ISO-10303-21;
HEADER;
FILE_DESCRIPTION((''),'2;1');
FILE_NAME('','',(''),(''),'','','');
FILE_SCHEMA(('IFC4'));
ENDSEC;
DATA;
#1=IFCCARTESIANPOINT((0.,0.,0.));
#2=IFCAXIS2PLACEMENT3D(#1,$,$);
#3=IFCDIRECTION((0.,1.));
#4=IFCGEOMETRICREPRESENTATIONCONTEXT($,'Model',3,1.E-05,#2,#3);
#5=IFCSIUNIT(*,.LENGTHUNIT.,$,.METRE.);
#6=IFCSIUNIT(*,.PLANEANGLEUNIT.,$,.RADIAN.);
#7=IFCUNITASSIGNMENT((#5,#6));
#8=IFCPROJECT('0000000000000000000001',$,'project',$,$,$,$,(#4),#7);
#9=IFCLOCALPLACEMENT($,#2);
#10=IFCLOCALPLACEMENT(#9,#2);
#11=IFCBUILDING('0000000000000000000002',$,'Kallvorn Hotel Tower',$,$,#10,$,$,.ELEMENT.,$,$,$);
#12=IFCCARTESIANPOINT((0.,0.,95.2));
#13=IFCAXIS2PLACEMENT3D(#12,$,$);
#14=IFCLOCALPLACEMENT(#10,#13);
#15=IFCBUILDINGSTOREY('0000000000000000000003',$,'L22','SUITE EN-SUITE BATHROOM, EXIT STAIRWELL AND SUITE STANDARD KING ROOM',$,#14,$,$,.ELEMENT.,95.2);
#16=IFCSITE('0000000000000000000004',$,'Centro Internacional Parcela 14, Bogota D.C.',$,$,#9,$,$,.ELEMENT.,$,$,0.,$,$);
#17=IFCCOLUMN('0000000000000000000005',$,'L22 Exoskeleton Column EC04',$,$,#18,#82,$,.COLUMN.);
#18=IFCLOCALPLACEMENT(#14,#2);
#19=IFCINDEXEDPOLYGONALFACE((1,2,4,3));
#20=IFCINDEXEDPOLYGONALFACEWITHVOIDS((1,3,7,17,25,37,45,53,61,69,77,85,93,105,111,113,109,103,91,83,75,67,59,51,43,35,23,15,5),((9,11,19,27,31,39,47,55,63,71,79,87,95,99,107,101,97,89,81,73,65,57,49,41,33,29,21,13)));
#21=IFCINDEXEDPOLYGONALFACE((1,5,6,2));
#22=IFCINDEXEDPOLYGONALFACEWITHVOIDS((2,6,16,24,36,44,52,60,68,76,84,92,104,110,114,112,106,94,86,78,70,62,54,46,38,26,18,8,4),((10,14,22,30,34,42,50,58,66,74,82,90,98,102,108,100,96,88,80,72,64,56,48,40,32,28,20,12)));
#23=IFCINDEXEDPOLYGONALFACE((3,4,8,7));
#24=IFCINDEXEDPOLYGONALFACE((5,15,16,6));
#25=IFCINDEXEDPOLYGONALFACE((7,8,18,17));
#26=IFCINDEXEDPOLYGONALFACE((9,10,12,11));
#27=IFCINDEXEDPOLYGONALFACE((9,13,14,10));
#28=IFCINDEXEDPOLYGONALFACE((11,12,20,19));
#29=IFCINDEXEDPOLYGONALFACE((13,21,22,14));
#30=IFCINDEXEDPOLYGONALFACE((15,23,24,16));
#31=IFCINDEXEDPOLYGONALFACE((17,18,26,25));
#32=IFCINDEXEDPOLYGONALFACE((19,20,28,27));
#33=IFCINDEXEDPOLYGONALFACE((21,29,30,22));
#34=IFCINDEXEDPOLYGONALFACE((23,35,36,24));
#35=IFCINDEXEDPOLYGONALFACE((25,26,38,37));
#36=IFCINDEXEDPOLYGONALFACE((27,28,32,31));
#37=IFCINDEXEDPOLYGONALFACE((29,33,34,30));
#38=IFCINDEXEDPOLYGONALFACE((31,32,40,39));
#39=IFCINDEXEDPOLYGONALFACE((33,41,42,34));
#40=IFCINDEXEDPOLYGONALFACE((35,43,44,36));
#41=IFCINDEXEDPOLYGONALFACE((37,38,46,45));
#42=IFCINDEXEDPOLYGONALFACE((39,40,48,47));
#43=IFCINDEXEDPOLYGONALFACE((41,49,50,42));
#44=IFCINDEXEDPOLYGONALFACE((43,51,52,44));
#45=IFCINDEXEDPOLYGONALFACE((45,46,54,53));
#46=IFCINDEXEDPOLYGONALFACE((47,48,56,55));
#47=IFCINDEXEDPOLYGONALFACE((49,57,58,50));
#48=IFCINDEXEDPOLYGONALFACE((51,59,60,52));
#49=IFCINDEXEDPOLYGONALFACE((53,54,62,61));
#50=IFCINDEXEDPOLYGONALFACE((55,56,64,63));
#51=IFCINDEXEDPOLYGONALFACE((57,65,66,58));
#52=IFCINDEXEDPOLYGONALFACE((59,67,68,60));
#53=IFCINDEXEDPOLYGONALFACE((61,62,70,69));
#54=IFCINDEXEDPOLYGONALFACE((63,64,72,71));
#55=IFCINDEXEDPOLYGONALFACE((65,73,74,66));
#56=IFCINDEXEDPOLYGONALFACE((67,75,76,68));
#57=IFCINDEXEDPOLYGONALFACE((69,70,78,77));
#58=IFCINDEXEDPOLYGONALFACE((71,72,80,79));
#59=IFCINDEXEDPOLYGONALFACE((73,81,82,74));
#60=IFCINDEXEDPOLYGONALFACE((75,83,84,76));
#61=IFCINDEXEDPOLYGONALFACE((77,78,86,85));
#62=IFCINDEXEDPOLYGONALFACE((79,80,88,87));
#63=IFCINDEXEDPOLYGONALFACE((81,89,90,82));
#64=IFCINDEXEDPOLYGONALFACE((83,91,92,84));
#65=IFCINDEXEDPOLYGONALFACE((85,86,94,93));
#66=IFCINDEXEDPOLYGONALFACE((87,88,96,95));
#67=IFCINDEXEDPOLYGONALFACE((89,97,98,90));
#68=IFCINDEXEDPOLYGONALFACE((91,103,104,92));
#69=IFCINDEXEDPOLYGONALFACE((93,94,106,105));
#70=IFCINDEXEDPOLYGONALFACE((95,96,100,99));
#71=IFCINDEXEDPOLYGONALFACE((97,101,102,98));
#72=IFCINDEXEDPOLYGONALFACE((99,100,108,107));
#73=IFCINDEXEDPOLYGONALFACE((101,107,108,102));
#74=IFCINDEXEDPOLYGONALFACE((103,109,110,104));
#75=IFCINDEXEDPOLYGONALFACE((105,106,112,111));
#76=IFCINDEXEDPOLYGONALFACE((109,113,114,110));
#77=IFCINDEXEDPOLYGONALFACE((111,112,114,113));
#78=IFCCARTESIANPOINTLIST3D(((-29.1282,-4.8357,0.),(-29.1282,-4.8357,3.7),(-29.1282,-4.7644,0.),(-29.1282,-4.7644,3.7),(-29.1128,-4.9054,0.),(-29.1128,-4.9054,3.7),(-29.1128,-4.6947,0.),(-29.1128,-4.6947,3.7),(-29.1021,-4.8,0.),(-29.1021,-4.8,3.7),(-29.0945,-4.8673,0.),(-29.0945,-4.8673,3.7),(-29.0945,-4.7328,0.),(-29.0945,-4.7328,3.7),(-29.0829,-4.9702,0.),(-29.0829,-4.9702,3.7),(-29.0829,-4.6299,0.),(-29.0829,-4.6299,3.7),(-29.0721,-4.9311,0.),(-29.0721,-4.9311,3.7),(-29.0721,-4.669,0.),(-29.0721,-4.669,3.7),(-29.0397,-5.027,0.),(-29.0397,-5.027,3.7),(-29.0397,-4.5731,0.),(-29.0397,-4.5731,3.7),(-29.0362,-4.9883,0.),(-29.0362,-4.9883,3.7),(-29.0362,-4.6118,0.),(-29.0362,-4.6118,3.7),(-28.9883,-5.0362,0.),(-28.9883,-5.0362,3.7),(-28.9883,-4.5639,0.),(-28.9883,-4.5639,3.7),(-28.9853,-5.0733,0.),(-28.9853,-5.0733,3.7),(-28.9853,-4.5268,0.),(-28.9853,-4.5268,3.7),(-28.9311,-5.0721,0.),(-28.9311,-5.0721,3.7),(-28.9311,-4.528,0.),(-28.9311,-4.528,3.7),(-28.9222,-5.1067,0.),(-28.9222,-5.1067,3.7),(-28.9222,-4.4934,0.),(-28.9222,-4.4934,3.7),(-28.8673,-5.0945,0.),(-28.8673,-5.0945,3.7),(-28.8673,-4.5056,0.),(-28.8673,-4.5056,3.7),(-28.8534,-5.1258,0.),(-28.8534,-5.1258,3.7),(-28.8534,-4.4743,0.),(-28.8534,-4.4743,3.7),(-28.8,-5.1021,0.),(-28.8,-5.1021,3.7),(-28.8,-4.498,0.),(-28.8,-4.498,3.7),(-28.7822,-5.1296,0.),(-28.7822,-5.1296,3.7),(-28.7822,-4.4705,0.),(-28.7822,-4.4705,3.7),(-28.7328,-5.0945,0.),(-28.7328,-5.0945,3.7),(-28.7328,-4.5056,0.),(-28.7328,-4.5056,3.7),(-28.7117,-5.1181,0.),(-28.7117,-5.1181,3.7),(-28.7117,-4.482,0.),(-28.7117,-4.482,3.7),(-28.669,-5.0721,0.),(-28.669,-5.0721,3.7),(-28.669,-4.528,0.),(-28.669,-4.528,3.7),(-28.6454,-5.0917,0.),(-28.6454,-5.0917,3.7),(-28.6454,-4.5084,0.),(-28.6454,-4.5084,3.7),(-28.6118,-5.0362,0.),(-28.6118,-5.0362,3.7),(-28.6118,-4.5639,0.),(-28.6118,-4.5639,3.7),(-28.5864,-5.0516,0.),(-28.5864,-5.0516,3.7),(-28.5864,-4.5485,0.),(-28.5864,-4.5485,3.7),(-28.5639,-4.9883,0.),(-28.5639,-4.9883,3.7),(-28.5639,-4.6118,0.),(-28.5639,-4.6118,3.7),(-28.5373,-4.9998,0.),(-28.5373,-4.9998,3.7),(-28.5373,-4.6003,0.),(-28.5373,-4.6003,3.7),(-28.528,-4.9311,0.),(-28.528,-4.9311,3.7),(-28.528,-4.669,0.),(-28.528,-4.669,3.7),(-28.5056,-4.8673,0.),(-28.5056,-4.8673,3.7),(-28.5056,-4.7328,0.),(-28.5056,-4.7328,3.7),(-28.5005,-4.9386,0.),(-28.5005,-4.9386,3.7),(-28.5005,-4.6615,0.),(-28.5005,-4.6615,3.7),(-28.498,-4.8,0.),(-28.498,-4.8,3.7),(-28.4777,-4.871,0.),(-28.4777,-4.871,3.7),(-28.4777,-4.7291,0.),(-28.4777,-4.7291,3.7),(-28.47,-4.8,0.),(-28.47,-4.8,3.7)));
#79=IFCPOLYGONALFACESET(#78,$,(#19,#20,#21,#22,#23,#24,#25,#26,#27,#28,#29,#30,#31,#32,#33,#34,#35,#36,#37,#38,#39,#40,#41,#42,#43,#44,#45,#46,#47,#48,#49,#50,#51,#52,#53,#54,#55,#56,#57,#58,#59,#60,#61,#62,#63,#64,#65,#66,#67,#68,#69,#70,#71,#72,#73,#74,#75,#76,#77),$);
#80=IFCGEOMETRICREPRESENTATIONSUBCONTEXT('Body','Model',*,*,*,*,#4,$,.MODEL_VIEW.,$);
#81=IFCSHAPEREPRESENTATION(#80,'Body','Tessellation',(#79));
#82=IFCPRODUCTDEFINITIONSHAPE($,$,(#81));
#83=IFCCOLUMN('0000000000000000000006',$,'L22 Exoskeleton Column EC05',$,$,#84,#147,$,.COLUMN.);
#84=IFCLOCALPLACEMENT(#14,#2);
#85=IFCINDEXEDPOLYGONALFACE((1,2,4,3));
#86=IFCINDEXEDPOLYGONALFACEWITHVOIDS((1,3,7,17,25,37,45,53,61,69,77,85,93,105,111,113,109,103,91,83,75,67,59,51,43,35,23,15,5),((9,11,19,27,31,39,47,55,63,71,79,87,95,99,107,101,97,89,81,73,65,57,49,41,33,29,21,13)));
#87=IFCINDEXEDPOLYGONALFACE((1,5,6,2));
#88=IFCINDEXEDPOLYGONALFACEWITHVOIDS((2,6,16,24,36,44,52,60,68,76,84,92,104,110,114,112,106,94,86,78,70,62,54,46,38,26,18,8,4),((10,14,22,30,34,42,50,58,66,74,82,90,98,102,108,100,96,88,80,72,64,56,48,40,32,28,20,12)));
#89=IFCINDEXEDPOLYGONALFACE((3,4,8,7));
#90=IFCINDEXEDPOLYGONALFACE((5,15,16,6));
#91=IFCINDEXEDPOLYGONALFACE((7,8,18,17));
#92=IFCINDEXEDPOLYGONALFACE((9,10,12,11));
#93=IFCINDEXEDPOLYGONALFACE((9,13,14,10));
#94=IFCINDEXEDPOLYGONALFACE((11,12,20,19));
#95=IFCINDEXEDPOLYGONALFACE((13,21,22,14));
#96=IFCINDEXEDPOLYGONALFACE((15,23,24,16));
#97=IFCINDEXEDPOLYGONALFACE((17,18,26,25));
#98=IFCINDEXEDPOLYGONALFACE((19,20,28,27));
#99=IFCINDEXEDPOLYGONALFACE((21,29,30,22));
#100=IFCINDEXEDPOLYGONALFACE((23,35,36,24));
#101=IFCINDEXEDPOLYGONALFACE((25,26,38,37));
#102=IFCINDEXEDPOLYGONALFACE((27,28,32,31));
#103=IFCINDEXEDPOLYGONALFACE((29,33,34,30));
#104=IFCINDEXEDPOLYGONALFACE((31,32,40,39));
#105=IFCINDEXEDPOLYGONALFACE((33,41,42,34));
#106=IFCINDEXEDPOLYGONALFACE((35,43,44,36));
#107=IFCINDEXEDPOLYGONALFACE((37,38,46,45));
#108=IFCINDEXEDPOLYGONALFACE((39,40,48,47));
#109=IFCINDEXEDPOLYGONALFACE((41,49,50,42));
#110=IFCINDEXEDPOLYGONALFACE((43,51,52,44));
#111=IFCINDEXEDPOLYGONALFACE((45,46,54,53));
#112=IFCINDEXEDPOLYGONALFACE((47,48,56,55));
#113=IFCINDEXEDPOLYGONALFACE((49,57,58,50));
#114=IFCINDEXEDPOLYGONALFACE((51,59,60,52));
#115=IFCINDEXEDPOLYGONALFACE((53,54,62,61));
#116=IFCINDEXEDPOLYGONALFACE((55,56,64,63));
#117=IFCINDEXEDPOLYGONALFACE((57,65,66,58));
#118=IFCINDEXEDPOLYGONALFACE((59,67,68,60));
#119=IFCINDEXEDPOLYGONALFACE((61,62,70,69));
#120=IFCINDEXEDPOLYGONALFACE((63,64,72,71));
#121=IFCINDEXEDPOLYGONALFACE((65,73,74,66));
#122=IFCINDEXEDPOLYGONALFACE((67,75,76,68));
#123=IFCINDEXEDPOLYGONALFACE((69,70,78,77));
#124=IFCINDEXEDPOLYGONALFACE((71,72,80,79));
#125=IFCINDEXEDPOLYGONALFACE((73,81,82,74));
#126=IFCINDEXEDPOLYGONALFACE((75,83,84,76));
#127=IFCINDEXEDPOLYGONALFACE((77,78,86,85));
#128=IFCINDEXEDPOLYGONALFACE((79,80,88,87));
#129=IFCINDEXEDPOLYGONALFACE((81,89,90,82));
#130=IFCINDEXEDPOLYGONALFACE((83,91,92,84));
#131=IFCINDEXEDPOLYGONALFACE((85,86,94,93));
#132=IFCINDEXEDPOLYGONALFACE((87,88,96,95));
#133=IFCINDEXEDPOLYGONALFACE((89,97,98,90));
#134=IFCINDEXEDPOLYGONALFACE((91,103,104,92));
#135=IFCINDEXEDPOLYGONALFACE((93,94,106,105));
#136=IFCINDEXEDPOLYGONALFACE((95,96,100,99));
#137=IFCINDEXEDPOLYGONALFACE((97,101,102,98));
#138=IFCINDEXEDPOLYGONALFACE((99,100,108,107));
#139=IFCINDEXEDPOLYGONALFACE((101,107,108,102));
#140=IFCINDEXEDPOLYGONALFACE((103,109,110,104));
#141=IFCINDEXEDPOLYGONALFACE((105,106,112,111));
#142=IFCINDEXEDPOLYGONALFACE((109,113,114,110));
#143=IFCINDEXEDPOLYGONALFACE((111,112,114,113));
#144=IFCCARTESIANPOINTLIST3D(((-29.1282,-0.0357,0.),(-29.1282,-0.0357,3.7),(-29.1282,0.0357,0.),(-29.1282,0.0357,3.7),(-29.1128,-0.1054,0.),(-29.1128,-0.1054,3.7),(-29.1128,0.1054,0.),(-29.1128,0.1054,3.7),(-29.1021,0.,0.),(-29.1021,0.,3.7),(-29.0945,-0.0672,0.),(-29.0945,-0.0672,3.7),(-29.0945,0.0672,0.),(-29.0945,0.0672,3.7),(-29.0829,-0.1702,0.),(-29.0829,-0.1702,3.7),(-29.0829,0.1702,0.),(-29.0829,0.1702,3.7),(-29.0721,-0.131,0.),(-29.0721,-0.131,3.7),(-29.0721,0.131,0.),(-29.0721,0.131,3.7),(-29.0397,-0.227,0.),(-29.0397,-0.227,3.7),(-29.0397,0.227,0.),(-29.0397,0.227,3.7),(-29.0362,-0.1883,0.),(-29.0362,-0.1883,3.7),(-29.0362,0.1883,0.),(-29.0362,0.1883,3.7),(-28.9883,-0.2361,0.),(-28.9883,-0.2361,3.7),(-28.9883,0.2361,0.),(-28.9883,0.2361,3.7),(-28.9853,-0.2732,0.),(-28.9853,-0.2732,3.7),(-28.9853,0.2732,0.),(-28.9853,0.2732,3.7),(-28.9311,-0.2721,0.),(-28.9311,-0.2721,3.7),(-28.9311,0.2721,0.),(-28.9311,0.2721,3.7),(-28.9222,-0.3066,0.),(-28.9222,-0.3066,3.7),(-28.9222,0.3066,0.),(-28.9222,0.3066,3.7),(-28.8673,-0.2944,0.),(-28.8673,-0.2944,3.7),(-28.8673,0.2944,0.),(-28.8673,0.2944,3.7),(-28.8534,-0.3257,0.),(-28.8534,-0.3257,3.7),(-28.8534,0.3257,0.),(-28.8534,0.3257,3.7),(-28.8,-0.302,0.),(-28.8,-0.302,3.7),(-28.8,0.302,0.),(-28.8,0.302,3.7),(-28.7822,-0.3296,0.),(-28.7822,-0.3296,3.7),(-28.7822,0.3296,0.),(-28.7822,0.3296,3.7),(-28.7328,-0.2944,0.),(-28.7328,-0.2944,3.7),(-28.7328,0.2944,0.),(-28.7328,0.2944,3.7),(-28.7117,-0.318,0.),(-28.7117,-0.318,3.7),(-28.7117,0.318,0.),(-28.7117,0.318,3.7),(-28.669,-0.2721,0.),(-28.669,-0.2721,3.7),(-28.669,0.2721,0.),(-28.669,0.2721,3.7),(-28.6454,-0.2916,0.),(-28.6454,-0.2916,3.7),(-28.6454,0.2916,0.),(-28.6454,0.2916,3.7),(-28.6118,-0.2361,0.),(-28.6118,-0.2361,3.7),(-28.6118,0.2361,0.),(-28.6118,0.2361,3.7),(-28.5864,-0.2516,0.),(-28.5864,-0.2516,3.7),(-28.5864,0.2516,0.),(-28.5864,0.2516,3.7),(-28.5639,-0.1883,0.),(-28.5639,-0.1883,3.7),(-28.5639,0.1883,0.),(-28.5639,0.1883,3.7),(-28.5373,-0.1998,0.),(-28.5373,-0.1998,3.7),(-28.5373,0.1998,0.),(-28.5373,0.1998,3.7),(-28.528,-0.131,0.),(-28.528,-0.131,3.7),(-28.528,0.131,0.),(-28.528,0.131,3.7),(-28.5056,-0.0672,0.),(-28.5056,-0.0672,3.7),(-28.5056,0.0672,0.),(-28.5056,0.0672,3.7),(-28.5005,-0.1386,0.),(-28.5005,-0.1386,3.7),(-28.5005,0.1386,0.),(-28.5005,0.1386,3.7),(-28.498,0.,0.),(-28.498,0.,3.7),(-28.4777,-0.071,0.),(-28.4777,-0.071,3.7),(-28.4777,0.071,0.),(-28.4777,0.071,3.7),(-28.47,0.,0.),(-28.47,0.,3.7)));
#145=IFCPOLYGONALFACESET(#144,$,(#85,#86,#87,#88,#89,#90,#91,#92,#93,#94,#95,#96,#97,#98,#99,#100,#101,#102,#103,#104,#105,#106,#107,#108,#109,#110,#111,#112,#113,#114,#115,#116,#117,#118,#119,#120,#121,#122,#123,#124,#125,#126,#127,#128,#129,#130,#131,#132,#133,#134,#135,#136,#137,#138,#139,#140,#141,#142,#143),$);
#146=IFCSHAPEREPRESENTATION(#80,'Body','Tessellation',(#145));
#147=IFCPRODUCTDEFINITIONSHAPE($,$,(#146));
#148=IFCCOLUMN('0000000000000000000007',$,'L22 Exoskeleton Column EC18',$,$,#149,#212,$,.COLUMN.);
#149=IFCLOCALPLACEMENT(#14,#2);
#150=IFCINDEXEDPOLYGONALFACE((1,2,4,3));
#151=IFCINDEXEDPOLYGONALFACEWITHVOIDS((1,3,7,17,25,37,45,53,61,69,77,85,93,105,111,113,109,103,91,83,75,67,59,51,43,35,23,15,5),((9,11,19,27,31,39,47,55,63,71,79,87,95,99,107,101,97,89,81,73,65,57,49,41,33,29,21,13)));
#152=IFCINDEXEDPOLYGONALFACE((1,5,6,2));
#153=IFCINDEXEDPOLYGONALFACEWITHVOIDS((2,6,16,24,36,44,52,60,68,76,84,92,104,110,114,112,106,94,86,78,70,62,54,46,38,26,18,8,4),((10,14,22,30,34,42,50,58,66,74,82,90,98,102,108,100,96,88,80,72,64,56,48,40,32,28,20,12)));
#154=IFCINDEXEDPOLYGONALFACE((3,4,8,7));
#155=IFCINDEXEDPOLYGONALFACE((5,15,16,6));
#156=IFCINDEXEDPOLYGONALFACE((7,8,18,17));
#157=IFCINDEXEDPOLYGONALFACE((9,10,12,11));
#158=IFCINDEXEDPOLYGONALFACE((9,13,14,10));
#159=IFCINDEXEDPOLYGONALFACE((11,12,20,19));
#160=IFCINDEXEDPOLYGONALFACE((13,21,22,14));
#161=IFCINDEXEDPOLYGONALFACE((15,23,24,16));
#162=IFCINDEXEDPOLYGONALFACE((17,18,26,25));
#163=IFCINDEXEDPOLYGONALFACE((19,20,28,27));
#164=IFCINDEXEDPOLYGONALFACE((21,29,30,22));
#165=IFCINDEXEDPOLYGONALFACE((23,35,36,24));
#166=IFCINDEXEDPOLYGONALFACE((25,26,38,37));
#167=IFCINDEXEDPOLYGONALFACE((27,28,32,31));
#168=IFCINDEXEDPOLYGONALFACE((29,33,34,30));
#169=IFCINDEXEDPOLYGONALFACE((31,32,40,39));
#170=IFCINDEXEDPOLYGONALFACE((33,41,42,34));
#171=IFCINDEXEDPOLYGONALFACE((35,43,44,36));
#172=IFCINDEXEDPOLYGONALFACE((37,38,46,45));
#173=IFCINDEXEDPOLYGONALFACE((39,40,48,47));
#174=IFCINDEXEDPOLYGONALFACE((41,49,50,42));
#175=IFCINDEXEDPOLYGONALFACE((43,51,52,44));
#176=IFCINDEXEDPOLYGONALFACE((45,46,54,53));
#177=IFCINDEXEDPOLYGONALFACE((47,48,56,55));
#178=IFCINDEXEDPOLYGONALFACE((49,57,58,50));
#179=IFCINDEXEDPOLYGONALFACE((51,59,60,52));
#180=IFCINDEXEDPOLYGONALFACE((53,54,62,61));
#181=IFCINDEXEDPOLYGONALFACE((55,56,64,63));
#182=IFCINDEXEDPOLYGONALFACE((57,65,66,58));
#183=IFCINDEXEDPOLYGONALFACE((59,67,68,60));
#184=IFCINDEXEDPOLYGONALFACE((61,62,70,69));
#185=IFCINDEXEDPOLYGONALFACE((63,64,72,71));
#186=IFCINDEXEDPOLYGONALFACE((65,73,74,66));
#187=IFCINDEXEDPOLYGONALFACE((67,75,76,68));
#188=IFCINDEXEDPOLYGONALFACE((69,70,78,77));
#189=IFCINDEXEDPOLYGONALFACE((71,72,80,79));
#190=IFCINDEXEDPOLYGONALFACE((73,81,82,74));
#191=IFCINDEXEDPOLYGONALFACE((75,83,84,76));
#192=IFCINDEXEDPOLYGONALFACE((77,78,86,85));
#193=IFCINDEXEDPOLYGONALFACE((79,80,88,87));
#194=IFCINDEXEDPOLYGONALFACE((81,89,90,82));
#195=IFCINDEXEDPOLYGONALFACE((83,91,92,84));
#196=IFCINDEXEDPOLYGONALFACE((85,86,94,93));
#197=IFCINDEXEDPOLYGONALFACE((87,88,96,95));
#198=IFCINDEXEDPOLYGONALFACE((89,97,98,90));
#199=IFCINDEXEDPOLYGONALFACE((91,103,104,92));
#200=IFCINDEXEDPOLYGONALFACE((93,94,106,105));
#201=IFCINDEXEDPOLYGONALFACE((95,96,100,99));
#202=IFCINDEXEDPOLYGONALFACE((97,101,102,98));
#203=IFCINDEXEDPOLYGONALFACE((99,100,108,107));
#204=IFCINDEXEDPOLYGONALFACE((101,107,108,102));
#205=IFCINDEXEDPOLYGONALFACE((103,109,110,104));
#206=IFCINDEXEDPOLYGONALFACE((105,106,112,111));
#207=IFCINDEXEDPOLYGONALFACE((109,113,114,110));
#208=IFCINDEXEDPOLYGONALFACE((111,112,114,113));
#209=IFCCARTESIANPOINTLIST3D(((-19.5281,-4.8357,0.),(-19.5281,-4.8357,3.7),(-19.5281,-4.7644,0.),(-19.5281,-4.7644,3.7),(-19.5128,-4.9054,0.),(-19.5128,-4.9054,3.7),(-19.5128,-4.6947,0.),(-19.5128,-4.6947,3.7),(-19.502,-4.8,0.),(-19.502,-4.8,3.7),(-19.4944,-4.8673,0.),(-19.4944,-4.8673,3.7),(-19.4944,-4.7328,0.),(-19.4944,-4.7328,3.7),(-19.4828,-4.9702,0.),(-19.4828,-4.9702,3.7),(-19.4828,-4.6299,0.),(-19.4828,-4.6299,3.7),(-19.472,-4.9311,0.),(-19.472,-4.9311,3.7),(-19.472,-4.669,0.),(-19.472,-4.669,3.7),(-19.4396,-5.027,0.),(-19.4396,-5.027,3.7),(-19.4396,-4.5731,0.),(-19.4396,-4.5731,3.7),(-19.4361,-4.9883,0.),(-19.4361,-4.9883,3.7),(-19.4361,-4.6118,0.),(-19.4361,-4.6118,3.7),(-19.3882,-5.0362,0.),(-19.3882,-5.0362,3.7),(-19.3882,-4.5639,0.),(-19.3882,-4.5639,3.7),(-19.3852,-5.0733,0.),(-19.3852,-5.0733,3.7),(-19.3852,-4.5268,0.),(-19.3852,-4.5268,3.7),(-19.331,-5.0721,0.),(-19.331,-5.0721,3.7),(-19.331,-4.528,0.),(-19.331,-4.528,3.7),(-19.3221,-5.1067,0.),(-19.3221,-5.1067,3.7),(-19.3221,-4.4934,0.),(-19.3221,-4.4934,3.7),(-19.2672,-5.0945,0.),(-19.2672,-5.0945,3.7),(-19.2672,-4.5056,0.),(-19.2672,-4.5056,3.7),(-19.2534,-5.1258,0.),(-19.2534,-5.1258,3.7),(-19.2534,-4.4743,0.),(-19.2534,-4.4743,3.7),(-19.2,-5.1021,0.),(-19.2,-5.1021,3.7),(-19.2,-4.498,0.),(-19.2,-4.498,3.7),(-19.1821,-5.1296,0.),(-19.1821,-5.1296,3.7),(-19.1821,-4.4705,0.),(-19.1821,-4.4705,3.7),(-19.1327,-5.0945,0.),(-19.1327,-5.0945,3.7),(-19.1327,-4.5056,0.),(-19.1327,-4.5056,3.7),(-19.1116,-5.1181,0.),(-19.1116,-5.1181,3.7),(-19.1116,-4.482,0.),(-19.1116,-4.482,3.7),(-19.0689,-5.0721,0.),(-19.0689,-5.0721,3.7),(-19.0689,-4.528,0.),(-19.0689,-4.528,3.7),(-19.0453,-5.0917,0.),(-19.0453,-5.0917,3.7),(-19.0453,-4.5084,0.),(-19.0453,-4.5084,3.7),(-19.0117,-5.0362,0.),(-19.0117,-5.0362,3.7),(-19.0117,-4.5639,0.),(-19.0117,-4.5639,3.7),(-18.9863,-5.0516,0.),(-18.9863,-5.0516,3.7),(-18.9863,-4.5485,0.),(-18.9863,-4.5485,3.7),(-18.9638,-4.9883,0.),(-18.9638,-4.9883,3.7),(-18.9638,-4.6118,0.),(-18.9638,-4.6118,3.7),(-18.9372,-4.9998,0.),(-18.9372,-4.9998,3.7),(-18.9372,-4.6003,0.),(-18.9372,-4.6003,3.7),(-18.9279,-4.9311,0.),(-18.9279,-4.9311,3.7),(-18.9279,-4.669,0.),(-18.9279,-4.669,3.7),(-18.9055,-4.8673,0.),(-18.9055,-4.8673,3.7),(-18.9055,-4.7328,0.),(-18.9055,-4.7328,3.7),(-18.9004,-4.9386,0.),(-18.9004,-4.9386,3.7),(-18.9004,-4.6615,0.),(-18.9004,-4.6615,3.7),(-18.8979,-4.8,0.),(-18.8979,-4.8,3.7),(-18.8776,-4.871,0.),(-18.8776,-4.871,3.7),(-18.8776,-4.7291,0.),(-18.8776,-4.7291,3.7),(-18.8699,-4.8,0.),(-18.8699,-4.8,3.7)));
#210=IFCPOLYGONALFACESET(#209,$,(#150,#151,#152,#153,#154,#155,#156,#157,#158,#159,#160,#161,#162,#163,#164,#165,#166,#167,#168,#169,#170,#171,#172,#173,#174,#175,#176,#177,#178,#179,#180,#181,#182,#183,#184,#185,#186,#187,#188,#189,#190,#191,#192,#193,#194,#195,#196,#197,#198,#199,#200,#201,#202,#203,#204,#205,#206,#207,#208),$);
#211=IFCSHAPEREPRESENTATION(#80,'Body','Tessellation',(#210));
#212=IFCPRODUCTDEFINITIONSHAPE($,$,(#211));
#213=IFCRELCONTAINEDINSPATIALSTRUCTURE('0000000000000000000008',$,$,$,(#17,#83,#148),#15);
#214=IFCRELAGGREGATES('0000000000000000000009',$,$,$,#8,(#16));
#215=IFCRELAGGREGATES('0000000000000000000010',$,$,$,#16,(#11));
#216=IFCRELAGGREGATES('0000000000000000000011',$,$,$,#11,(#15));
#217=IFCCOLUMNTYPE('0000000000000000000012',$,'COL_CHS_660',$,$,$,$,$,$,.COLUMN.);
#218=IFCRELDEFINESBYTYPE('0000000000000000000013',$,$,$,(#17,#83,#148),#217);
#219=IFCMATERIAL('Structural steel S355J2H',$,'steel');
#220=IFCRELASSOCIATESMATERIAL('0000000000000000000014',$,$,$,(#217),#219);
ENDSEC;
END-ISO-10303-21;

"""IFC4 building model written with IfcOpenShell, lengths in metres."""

from ifc_helpers import new_model, si_unit, direction, frame, origin, origin_2d, place, context, subcontext, project, spatial, hollow_circle, extrude, material, material_profile, profile_set, type_object, element, save


model = new_model("IFC4")

# Units and contexts
model_context = context("Model", 3, precision=1e-05, world=origin(), true_north=direction((0.0, 1.0)))
body_context = subcontext(model_context, "Body", "Model", "MODEL_VIEW")
ifc_project = project(units=[si_unit("LENGTHUNIT", "METRE"), si_unit("PLANEANGLEUNIT", "RADIAN")], contexts=[model_context])

# Site, building, storey
site_placement = place(None, origin())
site = spatial("IfcSite", under=ifc_project, at=site_placement, Name="Centro Internacional Parcela 14, Bogota D.C.", CompositionType="ELEMENT", RefElevation=0.0)
building_placement = place(site_placement, origin())
building = spatial("IfcBuilding", under=site, at=building_placement, Name="Kallvorn Hotel Tower", CompositionType="ELEMENT")
storey_placement = place(building_placement, frame((0.0, 0.0, 95.2)))
storey = spatial("IfcBuildingStorey", under=building, at=storey_placement, Name="L22", Description="SUITE EN-SUITE BATHROOM, EXIT STAIRWELL AND SUITE STANDARD KING ROOM", CompositionType="ELEMENT", Elevation=95.2)

# Columns
ifc_material_1 = material(Name="Structural steel S355J2H", Category="steel")
ifc_material_profile_1 = material_profile(ifc_material_1, hollow_circle(Radius=0.3301, WallThickness=0.0281, at=origin_2d()), Name="CHS 660x28")
ifc_profile_set_1 = profile_set([ifc_material_profile_1], Name="Structural steel S355J2H")
column_type = type_object("IfcColumnType", Name="COL_CHS_660", PredefinedType="COLUMN", material=ifc_profile_set_1)
for number, where, z_axis, x_axis, name in (
    (1, (-28.8, -4.8, 0.0), (0.0, 0.0, 1.0), (1.0, 0.0, 0.0), "L22 Exoskeleton Column EC04"),
    (2, (-28.8, 0.0, 0.0), (0.0, 0.0, 1.0), (1.0, 0.0, 0.0), "L22 Exoskeleton Column EC05"),
    (3, (-19.2, -4.8, 0.0), (0.0, 0.0, 1.0), (1.0, 0.0, 0.0), "L22 Exoskeleton Column EC18"),
):
    element("IfcColumn", number, at=place(storey_placement, frame(where, z_axis=z_axis, x_axis=x_axis)), inside=storey, type_object=column_type, Name=name, PredefinedType="COLUMN", context=body_context, shape_type="SweptSolid", body=[
        extrude(hollow_circle(Radius=0.3301, WallThickness=0.0281, at=origin_2d()), origin(), (0.0, 0.0, 1.0), 3.7),
    ])

save(model, "model.ifc")
